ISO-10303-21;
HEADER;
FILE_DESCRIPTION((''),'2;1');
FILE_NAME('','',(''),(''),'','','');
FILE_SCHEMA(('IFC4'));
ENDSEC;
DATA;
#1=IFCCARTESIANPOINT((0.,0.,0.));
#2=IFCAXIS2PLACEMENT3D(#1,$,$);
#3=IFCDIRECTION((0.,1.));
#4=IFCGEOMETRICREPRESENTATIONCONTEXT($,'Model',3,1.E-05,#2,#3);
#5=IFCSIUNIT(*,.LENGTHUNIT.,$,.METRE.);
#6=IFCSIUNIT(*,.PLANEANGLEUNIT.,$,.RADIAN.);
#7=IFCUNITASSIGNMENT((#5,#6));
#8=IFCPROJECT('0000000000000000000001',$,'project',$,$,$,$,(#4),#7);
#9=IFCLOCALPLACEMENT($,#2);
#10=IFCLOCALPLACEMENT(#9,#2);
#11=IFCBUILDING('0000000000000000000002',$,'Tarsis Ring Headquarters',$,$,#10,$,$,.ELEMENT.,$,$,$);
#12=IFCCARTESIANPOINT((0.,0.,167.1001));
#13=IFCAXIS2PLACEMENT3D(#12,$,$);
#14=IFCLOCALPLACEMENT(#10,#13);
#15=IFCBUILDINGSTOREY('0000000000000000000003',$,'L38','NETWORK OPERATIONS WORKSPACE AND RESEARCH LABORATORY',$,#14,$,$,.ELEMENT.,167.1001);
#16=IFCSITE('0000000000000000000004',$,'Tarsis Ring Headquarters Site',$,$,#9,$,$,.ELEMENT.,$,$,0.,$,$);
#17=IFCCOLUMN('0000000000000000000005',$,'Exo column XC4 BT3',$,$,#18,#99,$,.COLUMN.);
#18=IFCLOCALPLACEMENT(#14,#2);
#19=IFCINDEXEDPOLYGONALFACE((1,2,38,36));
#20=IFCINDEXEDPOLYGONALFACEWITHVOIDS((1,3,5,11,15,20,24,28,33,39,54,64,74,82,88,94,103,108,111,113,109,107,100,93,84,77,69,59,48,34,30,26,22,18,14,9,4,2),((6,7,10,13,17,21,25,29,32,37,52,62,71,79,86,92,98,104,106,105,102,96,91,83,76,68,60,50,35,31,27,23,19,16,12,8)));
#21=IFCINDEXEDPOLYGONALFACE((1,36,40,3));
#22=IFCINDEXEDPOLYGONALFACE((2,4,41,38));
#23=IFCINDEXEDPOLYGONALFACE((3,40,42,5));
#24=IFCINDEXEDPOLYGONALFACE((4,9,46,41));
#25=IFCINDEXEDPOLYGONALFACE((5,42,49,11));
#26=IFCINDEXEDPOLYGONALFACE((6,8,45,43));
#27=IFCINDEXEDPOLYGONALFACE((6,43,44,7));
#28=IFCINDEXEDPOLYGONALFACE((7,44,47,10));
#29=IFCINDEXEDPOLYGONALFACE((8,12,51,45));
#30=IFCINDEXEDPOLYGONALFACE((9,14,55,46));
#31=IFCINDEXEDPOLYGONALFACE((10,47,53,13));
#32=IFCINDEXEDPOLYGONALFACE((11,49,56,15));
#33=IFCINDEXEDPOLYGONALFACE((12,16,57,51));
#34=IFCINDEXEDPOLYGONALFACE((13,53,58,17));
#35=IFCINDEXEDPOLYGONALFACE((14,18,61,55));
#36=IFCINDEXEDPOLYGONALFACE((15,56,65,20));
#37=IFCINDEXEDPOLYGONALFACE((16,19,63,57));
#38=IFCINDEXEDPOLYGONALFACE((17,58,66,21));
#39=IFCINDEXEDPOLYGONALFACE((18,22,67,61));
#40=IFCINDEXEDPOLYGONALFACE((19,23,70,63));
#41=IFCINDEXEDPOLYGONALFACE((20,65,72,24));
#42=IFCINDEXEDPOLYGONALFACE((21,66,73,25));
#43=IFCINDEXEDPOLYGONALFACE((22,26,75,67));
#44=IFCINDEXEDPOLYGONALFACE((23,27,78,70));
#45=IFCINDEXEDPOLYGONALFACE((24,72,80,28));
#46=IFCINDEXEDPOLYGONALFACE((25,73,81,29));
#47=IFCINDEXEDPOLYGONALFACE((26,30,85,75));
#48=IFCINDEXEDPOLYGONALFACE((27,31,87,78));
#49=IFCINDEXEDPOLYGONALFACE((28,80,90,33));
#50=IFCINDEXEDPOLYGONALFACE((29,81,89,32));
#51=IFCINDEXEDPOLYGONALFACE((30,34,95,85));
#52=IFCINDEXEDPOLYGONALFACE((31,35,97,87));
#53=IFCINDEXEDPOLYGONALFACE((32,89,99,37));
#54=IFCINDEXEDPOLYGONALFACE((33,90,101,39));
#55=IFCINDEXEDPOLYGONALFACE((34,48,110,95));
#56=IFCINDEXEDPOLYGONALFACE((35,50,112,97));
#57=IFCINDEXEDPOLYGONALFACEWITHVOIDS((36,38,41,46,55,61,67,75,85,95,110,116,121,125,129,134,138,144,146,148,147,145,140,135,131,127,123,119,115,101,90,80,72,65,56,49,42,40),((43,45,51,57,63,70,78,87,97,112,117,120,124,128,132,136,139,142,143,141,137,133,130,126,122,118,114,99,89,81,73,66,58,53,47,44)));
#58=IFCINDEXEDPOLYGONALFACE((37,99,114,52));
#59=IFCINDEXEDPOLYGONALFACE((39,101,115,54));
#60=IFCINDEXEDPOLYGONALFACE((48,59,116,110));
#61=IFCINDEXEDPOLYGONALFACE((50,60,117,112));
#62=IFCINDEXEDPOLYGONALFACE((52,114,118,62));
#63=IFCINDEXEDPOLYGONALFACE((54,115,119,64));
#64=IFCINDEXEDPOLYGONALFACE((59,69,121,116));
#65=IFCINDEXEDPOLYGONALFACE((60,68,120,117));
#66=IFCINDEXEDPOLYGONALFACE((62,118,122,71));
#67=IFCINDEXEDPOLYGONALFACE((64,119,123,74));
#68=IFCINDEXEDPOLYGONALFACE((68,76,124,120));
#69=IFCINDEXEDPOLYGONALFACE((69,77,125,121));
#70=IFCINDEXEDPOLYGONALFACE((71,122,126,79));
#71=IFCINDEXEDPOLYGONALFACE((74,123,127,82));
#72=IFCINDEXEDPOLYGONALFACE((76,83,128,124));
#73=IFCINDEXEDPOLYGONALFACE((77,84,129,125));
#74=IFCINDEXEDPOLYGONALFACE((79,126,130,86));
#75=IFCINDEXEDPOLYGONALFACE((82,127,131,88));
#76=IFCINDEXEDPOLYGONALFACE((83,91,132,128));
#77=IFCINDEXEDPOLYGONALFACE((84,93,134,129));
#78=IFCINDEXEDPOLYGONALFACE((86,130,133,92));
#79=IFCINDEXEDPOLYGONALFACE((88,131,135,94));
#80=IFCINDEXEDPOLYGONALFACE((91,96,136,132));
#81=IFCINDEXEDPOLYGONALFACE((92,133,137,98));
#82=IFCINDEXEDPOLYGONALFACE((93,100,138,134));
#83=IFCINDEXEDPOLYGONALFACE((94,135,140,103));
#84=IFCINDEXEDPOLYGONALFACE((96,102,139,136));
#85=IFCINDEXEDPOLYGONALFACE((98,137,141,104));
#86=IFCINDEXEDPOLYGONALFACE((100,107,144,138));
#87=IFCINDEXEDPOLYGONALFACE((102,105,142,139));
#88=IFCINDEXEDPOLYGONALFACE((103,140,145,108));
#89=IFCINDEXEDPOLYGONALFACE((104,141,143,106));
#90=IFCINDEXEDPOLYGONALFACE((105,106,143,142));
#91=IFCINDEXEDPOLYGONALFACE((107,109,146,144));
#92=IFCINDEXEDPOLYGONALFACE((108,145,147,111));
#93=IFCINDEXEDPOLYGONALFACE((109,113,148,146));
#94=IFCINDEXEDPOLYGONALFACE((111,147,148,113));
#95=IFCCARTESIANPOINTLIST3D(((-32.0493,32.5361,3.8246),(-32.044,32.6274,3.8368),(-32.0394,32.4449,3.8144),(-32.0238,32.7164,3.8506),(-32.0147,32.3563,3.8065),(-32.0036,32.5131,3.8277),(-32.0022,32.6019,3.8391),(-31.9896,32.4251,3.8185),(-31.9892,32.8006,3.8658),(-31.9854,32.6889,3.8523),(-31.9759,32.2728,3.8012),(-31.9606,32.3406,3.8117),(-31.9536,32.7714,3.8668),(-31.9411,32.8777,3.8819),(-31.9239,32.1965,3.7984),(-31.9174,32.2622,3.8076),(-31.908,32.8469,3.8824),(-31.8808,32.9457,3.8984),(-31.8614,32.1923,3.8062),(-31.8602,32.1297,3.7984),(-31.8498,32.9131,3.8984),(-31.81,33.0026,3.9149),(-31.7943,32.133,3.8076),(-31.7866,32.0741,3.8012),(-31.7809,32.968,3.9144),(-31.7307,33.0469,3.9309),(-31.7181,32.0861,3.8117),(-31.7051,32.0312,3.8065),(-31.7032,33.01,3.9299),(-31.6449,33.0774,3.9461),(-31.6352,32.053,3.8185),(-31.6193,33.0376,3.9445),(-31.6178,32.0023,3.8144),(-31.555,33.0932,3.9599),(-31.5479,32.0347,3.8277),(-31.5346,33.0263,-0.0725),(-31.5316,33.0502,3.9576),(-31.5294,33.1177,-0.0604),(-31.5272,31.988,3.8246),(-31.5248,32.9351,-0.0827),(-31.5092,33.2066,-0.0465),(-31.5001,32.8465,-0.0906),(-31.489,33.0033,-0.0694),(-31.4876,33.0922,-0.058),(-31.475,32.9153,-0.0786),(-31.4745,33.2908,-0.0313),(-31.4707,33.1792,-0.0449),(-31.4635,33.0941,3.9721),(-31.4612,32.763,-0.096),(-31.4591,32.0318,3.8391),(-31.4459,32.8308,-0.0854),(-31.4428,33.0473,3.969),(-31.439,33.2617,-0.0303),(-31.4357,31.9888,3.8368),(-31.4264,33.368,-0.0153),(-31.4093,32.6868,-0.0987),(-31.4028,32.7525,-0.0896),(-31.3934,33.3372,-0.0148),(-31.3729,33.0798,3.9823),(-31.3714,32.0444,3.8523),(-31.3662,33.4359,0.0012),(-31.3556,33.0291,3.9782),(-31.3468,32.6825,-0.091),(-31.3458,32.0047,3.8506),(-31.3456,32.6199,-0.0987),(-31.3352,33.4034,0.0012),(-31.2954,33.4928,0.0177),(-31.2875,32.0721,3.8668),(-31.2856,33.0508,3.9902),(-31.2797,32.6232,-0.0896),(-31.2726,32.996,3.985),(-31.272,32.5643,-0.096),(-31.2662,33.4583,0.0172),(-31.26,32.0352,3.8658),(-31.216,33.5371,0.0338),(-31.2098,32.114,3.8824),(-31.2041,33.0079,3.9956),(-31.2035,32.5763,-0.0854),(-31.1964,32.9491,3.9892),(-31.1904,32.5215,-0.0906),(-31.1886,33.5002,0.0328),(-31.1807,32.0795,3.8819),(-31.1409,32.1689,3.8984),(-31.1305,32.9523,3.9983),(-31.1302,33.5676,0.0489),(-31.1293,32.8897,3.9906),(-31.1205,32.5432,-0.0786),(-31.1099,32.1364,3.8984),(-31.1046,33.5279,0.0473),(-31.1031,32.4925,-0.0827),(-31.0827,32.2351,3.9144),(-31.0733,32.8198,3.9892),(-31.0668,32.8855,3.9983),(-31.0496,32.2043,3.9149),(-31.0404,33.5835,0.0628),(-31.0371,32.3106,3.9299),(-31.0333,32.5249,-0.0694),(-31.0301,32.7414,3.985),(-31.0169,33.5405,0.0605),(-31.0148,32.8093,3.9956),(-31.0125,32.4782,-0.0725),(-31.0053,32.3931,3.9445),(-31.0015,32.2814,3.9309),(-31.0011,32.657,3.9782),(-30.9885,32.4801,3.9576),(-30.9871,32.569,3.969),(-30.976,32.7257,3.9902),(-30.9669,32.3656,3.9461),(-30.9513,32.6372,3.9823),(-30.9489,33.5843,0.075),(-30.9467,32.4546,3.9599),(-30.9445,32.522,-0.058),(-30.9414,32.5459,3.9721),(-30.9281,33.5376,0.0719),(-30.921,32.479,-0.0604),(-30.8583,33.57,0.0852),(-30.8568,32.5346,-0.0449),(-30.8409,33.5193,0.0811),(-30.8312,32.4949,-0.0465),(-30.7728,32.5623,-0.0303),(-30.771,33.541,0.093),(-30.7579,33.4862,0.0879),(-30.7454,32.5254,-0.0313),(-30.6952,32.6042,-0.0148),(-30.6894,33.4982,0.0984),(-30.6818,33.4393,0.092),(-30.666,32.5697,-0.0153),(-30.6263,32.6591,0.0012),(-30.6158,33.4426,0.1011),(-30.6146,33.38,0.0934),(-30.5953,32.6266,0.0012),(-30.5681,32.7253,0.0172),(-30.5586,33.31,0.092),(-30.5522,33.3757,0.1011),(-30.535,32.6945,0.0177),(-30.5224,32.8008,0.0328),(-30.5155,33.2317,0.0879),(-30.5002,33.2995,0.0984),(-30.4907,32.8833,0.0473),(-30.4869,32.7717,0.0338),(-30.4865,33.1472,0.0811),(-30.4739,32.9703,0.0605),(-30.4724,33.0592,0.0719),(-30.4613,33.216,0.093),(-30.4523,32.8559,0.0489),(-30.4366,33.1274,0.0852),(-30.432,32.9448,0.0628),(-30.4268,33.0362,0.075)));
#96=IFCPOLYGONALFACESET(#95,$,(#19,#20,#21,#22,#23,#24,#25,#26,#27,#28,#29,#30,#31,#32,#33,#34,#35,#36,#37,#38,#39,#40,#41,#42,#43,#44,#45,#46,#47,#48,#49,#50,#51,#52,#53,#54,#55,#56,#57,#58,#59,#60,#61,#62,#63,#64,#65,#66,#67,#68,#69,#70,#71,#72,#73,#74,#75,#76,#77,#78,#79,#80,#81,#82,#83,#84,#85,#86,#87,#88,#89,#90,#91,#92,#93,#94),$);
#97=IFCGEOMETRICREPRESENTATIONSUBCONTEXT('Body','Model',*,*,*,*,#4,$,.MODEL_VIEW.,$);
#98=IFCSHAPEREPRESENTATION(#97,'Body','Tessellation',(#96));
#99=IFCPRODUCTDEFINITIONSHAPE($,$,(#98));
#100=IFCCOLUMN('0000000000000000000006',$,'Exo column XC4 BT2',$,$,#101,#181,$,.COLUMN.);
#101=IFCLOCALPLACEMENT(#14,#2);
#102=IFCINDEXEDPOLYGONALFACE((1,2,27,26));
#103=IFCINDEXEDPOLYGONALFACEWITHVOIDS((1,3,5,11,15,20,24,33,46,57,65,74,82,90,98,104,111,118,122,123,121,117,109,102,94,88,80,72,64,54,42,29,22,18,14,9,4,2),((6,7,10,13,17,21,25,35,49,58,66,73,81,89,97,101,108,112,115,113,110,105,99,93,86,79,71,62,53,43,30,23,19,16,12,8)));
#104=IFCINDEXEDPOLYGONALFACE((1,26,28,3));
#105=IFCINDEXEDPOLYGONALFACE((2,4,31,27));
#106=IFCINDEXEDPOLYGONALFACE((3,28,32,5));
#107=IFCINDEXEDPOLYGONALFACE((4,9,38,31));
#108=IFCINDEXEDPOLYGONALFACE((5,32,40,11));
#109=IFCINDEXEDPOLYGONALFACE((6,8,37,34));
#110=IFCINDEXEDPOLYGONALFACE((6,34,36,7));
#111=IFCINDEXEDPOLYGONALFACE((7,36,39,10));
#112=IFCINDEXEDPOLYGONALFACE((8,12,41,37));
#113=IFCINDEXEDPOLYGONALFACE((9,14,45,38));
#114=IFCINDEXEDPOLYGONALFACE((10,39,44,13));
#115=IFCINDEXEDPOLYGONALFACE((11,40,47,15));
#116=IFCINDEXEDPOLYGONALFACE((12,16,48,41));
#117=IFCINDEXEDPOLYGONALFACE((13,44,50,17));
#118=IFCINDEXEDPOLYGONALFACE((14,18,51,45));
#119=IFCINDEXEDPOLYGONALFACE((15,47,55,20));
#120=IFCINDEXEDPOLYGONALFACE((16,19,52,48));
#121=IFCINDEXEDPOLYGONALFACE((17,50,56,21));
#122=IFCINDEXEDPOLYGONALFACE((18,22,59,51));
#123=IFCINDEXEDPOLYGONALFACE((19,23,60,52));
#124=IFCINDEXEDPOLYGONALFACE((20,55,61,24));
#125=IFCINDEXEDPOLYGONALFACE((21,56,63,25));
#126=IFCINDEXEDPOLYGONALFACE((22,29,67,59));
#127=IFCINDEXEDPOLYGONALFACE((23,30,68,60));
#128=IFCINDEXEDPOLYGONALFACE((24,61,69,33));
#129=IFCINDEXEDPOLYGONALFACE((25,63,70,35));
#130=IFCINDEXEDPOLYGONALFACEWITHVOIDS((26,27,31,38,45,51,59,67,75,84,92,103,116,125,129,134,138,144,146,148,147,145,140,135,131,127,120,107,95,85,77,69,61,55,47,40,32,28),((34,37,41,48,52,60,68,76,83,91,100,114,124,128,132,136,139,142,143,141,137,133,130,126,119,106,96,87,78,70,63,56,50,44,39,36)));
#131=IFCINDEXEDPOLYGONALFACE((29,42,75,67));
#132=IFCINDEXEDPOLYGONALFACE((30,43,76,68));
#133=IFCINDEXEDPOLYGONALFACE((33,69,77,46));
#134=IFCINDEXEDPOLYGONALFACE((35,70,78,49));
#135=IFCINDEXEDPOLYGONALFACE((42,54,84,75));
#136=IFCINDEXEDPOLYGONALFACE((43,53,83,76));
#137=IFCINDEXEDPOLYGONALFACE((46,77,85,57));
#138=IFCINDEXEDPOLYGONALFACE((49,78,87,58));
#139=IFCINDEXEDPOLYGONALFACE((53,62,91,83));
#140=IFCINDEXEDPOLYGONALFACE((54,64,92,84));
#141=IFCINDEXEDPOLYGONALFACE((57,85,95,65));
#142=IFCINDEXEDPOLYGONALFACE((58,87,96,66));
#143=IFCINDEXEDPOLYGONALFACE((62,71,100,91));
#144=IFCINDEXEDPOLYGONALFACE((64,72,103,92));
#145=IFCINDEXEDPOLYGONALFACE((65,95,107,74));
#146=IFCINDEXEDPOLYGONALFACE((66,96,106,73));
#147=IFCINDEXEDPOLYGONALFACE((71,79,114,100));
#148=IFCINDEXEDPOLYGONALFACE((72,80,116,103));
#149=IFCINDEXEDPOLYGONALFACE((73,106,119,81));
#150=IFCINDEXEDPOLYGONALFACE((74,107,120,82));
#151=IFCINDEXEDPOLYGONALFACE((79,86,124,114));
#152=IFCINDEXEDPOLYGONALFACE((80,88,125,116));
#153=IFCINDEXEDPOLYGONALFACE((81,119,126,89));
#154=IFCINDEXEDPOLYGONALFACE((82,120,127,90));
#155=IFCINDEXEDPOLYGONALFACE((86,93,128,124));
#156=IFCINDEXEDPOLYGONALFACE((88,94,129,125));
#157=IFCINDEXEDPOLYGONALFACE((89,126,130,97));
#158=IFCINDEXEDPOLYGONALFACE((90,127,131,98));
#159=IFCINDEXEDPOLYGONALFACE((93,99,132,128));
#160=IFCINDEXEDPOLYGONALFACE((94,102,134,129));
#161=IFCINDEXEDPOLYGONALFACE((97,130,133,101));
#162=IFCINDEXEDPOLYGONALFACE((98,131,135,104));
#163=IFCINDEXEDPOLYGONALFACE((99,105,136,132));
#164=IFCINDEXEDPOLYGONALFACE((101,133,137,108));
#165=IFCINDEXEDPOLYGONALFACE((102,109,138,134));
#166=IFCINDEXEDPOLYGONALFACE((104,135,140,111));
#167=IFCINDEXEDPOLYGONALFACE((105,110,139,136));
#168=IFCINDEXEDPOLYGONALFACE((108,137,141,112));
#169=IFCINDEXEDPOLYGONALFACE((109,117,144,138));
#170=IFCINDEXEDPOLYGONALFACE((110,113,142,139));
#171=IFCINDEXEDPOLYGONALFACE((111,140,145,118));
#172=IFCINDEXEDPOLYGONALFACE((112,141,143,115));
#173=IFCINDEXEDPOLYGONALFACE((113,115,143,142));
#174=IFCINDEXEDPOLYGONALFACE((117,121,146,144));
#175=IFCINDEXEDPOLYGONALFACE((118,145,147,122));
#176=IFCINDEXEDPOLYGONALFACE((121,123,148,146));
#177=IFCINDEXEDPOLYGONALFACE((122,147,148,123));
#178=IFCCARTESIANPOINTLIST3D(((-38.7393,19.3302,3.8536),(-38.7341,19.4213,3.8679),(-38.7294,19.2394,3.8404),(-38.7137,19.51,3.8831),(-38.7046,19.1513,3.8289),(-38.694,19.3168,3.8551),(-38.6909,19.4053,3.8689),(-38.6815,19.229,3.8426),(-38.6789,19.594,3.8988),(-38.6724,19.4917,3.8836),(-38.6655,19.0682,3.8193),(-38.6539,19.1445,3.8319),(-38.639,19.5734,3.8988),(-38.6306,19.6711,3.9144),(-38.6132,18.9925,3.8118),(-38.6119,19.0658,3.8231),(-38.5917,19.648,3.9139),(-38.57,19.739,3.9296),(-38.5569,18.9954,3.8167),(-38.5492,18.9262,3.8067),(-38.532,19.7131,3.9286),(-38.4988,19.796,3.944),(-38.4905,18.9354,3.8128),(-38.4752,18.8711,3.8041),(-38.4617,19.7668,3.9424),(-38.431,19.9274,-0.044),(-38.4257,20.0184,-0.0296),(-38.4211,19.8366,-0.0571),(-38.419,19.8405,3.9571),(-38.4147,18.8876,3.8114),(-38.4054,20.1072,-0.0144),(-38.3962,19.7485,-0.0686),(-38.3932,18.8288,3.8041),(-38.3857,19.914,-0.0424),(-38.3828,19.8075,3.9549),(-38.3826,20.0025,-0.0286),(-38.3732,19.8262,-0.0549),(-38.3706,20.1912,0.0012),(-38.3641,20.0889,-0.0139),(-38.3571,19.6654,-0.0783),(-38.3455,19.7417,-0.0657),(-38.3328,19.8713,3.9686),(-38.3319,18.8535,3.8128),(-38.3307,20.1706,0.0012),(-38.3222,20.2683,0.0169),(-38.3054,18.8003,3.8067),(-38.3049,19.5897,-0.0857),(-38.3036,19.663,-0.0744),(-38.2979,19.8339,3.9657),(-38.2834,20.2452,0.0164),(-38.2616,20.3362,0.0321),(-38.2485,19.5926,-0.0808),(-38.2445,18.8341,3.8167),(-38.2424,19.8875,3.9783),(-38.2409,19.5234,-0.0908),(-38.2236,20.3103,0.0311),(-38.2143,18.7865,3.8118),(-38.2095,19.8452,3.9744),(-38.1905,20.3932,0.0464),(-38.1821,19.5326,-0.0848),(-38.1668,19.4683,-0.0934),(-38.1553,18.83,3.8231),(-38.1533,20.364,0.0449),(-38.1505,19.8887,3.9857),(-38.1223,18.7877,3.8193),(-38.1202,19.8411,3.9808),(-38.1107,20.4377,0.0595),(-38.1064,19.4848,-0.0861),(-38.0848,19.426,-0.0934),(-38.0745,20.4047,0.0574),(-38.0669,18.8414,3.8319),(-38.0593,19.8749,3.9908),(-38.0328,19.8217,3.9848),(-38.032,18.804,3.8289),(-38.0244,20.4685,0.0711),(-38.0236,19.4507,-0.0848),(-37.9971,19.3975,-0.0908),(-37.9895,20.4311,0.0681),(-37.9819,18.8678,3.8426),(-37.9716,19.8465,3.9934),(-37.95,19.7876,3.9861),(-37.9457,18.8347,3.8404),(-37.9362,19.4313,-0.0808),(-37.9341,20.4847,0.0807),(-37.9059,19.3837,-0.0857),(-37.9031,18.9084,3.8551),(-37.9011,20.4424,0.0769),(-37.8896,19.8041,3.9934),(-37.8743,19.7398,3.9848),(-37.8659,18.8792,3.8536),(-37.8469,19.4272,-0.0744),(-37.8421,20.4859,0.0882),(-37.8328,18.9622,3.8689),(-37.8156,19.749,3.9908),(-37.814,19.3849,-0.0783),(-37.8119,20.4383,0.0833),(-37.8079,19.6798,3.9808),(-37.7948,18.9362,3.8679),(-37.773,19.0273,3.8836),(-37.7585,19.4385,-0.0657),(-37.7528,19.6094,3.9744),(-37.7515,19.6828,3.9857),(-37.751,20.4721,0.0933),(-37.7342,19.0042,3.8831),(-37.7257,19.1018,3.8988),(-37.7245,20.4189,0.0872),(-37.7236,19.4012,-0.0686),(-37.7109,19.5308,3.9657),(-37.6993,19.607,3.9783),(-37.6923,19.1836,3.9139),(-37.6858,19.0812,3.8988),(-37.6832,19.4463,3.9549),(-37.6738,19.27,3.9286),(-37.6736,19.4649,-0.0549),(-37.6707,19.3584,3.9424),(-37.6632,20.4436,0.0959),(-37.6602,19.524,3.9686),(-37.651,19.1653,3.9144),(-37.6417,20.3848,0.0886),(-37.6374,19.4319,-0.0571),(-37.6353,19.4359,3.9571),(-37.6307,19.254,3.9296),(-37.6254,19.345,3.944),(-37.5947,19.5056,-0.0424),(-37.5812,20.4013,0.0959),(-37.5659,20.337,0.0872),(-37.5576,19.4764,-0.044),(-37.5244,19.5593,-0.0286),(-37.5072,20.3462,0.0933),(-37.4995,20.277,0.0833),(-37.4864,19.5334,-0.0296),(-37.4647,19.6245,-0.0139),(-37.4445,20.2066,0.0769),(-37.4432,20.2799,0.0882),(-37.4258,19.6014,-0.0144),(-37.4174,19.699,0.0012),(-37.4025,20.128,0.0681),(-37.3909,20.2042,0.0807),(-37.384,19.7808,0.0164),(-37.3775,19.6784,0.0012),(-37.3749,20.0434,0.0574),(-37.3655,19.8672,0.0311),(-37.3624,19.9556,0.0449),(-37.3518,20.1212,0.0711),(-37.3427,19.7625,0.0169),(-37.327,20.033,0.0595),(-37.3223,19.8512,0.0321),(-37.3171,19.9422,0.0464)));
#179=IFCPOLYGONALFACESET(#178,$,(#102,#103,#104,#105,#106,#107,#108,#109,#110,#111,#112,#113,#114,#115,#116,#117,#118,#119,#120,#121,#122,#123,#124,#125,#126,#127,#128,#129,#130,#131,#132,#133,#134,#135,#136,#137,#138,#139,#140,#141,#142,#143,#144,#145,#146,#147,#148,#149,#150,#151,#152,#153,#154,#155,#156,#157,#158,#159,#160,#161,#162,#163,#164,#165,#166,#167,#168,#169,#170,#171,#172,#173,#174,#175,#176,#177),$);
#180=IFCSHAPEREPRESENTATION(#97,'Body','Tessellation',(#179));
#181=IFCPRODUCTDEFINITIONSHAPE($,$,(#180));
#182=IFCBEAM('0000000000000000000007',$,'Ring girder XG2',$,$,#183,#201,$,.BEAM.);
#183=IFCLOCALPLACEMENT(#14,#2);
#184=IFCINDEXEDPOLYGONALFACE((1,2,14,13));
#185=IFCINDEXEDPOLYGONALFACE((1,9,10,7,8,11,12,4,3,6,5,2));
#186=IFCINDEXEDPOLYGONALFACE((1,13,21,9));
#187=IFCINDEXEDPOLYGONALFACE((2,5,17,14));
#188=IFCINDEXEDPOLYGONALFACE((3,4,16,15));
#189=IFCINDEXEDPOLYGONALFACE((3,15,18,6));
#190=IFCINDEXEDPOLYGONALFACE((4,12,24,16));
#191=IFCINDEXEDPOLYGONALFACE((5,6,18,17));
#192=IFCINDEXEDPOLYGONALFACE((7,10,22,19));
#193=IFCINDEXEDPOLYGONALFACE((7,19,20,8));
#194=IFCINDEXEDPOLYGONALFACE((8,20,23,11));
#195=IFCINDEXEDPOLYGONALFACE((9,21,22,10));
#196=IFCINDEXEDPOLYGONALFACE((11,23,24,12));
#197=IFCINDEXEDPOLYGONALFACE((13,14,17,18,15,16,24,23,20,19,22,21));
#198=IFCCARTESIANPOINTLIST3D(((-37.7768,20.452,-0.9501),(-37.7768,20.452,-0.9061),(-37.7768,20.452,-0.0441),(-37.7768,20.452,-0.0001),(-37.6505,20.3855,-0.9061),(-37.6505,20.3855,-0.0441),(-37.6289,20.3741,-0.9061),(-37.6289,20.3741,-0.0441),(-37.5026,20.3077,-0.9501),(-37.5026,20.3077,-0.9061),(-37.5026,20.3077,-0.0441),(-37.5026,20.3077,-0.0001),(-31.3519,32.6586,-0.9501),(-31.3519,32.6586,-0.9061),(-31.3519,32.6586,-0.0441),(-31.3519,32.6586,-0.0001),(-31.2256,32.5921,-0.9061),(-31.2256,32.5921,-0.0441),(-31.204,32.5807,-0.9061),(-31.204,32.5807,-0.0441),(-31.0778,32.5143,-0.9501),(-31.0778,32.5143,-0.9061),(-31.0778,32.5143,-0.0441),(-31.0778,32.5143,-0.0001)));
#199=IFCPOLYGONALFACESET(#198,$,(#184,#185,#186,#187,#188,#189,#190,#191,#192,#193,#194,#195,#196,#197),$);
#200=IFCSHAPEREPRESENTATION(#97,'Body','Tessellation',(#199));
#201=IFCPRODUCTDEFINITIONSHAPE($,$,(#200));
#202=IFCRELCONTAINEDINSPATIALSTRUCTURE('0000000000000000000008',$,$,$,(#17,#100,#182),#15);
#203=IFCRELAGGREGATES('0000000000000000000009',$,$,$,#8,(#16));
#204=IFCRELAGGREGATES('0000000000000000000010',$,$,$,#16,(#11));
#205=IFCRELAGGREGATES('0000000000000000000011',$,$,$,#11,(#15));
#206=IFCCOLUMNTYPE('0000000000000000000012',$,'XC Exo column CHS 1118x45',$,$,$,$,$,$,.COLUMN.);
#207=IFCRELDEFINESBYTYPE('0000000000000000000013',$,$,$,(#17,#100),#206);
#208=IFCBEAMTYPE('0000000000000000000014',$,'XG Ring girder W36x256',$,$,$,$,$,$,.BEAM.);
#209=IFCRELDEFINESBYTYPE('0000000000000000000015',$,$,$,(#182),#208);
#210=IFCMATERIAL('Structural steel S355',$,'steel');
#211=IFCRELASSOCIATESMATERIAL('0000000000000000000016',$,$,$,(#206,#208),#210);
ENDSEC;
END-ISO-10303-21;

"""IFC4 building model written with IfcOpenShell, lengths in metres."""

from ifc_helpers import new_model, si_unit, direction, frame, origin, origin_2d, place, context, subcontext, project, spatial, hollow_circle, i_section, extrude, material, material_profile, profile_set, type_object, element, save


model = new_model("IFC4")

# Units and contexts
model_context = context("Model", 3, precision=1e-05, world=origin(), true_north=direction((0.0, 1.0)))
body_context = subcontext(model_context, "Body", "Model", "MODEL_VIEW")
ifc_project = project(units=[si_unit("LENGTHUNIT", "METRE"), si_unit("PLANEANGLEUNIT", "RADIAN")], contexts=[model_context])

# Site, building, storey
site_placement = place(None, origin())
site = spatial("IfcSite", under=ifc_project, at=site_placement, Name="Tarsis Ring Headquarters Site", CompositionType="ELEMENT", RefElevation=0.0)
building_placement = place(site_placement, origin())
building = spatial("IfcBuilding", under=site, at=building_placement, Name="Tarsis Ring Headquarters", CompositionType="ELEMENT")
storey_placement = place(building_placement, frame((0.0, 0.0, 167.1001)))
storey = spatial("IfcBuildingStorey", under=building, at=storey_placement, Name="L38", Description="NETWORK OPERATIONS WORKSPACE AND RESEARCH LABORATORY", CompositionType="ELEMENT", Elevation=167.1001)

# Columns
ifc_material_1 = material(Name="Structural steel S355", Category="steel")
ifc_material_profile_1 = material_profile(ifc_material_1, hollow_circle(Radius=0.5588, WallThickness=0.0449, at=origin_2d()), Name="CHS 1118x45")
ifc_profile_set_1 = profile_set([ifc_material_profile_1], Name="Structural steel S355")
column_type = type_object("IfcColumnType", Name="XC Exo column CHS 1118x45", PredefinedType="COLUMN", material=ifc_profile_set_1)
column_1_placement = place(storey_placement, frame((-30.9807, 33.0312, 0.0012), z_axis=(-0.129912, -0.12375, 0.983773), x_axis=(0.689724, -0.724073, 0.0)))
element("IfcColumn", 1, at=column_1_placement, inside=storey, type_object=column_type, Name="Exo column XC4 BT3", PredefinedType="COLUMN", context=body_context, shape_type="SweptSolid", body=[
    extrude(hollow_circle(Radius=0.5588, WallThickness=0.0449, at=origin_2d()), origin(), (0.0, 0.0, 1.0), 3.9614),
])
column_2_placement = place(storey_placement, frame((-37.874, 19.9348, 0.0012), z_axis=(-0.077965, -0.150991, 0.985456), x_axis=(0.888539, -0.4588, 0.0)))
element("IfcColumn", 2, at=column_2_placement, inside=storey, type_object=column_type, Name="Exo column XC4 BT2", PredefinedType="COLUMN", context=body_context, shape_type="SweptSolid", body=[
    extrude(hollow_circle(Radius=0.5588, WallThickness=0.0449, at=origin_2d()), origin(), (0.0, 0.0, 1.0), 3.9551),
])

# Beam
ifc_material_profile_2 = material_profile(ifc_material_1, i_section(OverallWidth=0.3098, OverallDepth=0.95, WebThickness=0.0244, FlangeThickness=0.0439, at=origin_2d()), Name="W36x256")
ifc_profile_set_2 = profile_set([ifc_material_profile_2], Name="Structural steel S355")
beam_type = type_object("IfcBeamType", Name="XG Ring girder W36x256", PredefinedType="BEAM", material=ifc_profile_set_2)
for number, where, z_axis, x_axis, name in (
    (3, (-31.2148, 32.5864, -0.4751), (-0.465764, -0.884909, 0.0), (0.884909, -0.465764, 0.0), "Ring girder XG2"),
):
    element("IfcBeam", number, at=place(storey_placement, frame(where, z_axis=z_axis, x_axis=x_axis)), inside=storey, type_object=beam_type, Name=name, PredefinedType="BEAM", context=body_context, shape_type="SweptSolid", body=[
        extrude(i_section(OverallWidth=0.3098, OverallDepth=0.95, WebThickness=0.0244, FlangeThickness=0.0439, at=origin_2d()), origin(), (0.0, 0.0, 1.0), 13.7942),
    ])

save(model, "model.ifc")
